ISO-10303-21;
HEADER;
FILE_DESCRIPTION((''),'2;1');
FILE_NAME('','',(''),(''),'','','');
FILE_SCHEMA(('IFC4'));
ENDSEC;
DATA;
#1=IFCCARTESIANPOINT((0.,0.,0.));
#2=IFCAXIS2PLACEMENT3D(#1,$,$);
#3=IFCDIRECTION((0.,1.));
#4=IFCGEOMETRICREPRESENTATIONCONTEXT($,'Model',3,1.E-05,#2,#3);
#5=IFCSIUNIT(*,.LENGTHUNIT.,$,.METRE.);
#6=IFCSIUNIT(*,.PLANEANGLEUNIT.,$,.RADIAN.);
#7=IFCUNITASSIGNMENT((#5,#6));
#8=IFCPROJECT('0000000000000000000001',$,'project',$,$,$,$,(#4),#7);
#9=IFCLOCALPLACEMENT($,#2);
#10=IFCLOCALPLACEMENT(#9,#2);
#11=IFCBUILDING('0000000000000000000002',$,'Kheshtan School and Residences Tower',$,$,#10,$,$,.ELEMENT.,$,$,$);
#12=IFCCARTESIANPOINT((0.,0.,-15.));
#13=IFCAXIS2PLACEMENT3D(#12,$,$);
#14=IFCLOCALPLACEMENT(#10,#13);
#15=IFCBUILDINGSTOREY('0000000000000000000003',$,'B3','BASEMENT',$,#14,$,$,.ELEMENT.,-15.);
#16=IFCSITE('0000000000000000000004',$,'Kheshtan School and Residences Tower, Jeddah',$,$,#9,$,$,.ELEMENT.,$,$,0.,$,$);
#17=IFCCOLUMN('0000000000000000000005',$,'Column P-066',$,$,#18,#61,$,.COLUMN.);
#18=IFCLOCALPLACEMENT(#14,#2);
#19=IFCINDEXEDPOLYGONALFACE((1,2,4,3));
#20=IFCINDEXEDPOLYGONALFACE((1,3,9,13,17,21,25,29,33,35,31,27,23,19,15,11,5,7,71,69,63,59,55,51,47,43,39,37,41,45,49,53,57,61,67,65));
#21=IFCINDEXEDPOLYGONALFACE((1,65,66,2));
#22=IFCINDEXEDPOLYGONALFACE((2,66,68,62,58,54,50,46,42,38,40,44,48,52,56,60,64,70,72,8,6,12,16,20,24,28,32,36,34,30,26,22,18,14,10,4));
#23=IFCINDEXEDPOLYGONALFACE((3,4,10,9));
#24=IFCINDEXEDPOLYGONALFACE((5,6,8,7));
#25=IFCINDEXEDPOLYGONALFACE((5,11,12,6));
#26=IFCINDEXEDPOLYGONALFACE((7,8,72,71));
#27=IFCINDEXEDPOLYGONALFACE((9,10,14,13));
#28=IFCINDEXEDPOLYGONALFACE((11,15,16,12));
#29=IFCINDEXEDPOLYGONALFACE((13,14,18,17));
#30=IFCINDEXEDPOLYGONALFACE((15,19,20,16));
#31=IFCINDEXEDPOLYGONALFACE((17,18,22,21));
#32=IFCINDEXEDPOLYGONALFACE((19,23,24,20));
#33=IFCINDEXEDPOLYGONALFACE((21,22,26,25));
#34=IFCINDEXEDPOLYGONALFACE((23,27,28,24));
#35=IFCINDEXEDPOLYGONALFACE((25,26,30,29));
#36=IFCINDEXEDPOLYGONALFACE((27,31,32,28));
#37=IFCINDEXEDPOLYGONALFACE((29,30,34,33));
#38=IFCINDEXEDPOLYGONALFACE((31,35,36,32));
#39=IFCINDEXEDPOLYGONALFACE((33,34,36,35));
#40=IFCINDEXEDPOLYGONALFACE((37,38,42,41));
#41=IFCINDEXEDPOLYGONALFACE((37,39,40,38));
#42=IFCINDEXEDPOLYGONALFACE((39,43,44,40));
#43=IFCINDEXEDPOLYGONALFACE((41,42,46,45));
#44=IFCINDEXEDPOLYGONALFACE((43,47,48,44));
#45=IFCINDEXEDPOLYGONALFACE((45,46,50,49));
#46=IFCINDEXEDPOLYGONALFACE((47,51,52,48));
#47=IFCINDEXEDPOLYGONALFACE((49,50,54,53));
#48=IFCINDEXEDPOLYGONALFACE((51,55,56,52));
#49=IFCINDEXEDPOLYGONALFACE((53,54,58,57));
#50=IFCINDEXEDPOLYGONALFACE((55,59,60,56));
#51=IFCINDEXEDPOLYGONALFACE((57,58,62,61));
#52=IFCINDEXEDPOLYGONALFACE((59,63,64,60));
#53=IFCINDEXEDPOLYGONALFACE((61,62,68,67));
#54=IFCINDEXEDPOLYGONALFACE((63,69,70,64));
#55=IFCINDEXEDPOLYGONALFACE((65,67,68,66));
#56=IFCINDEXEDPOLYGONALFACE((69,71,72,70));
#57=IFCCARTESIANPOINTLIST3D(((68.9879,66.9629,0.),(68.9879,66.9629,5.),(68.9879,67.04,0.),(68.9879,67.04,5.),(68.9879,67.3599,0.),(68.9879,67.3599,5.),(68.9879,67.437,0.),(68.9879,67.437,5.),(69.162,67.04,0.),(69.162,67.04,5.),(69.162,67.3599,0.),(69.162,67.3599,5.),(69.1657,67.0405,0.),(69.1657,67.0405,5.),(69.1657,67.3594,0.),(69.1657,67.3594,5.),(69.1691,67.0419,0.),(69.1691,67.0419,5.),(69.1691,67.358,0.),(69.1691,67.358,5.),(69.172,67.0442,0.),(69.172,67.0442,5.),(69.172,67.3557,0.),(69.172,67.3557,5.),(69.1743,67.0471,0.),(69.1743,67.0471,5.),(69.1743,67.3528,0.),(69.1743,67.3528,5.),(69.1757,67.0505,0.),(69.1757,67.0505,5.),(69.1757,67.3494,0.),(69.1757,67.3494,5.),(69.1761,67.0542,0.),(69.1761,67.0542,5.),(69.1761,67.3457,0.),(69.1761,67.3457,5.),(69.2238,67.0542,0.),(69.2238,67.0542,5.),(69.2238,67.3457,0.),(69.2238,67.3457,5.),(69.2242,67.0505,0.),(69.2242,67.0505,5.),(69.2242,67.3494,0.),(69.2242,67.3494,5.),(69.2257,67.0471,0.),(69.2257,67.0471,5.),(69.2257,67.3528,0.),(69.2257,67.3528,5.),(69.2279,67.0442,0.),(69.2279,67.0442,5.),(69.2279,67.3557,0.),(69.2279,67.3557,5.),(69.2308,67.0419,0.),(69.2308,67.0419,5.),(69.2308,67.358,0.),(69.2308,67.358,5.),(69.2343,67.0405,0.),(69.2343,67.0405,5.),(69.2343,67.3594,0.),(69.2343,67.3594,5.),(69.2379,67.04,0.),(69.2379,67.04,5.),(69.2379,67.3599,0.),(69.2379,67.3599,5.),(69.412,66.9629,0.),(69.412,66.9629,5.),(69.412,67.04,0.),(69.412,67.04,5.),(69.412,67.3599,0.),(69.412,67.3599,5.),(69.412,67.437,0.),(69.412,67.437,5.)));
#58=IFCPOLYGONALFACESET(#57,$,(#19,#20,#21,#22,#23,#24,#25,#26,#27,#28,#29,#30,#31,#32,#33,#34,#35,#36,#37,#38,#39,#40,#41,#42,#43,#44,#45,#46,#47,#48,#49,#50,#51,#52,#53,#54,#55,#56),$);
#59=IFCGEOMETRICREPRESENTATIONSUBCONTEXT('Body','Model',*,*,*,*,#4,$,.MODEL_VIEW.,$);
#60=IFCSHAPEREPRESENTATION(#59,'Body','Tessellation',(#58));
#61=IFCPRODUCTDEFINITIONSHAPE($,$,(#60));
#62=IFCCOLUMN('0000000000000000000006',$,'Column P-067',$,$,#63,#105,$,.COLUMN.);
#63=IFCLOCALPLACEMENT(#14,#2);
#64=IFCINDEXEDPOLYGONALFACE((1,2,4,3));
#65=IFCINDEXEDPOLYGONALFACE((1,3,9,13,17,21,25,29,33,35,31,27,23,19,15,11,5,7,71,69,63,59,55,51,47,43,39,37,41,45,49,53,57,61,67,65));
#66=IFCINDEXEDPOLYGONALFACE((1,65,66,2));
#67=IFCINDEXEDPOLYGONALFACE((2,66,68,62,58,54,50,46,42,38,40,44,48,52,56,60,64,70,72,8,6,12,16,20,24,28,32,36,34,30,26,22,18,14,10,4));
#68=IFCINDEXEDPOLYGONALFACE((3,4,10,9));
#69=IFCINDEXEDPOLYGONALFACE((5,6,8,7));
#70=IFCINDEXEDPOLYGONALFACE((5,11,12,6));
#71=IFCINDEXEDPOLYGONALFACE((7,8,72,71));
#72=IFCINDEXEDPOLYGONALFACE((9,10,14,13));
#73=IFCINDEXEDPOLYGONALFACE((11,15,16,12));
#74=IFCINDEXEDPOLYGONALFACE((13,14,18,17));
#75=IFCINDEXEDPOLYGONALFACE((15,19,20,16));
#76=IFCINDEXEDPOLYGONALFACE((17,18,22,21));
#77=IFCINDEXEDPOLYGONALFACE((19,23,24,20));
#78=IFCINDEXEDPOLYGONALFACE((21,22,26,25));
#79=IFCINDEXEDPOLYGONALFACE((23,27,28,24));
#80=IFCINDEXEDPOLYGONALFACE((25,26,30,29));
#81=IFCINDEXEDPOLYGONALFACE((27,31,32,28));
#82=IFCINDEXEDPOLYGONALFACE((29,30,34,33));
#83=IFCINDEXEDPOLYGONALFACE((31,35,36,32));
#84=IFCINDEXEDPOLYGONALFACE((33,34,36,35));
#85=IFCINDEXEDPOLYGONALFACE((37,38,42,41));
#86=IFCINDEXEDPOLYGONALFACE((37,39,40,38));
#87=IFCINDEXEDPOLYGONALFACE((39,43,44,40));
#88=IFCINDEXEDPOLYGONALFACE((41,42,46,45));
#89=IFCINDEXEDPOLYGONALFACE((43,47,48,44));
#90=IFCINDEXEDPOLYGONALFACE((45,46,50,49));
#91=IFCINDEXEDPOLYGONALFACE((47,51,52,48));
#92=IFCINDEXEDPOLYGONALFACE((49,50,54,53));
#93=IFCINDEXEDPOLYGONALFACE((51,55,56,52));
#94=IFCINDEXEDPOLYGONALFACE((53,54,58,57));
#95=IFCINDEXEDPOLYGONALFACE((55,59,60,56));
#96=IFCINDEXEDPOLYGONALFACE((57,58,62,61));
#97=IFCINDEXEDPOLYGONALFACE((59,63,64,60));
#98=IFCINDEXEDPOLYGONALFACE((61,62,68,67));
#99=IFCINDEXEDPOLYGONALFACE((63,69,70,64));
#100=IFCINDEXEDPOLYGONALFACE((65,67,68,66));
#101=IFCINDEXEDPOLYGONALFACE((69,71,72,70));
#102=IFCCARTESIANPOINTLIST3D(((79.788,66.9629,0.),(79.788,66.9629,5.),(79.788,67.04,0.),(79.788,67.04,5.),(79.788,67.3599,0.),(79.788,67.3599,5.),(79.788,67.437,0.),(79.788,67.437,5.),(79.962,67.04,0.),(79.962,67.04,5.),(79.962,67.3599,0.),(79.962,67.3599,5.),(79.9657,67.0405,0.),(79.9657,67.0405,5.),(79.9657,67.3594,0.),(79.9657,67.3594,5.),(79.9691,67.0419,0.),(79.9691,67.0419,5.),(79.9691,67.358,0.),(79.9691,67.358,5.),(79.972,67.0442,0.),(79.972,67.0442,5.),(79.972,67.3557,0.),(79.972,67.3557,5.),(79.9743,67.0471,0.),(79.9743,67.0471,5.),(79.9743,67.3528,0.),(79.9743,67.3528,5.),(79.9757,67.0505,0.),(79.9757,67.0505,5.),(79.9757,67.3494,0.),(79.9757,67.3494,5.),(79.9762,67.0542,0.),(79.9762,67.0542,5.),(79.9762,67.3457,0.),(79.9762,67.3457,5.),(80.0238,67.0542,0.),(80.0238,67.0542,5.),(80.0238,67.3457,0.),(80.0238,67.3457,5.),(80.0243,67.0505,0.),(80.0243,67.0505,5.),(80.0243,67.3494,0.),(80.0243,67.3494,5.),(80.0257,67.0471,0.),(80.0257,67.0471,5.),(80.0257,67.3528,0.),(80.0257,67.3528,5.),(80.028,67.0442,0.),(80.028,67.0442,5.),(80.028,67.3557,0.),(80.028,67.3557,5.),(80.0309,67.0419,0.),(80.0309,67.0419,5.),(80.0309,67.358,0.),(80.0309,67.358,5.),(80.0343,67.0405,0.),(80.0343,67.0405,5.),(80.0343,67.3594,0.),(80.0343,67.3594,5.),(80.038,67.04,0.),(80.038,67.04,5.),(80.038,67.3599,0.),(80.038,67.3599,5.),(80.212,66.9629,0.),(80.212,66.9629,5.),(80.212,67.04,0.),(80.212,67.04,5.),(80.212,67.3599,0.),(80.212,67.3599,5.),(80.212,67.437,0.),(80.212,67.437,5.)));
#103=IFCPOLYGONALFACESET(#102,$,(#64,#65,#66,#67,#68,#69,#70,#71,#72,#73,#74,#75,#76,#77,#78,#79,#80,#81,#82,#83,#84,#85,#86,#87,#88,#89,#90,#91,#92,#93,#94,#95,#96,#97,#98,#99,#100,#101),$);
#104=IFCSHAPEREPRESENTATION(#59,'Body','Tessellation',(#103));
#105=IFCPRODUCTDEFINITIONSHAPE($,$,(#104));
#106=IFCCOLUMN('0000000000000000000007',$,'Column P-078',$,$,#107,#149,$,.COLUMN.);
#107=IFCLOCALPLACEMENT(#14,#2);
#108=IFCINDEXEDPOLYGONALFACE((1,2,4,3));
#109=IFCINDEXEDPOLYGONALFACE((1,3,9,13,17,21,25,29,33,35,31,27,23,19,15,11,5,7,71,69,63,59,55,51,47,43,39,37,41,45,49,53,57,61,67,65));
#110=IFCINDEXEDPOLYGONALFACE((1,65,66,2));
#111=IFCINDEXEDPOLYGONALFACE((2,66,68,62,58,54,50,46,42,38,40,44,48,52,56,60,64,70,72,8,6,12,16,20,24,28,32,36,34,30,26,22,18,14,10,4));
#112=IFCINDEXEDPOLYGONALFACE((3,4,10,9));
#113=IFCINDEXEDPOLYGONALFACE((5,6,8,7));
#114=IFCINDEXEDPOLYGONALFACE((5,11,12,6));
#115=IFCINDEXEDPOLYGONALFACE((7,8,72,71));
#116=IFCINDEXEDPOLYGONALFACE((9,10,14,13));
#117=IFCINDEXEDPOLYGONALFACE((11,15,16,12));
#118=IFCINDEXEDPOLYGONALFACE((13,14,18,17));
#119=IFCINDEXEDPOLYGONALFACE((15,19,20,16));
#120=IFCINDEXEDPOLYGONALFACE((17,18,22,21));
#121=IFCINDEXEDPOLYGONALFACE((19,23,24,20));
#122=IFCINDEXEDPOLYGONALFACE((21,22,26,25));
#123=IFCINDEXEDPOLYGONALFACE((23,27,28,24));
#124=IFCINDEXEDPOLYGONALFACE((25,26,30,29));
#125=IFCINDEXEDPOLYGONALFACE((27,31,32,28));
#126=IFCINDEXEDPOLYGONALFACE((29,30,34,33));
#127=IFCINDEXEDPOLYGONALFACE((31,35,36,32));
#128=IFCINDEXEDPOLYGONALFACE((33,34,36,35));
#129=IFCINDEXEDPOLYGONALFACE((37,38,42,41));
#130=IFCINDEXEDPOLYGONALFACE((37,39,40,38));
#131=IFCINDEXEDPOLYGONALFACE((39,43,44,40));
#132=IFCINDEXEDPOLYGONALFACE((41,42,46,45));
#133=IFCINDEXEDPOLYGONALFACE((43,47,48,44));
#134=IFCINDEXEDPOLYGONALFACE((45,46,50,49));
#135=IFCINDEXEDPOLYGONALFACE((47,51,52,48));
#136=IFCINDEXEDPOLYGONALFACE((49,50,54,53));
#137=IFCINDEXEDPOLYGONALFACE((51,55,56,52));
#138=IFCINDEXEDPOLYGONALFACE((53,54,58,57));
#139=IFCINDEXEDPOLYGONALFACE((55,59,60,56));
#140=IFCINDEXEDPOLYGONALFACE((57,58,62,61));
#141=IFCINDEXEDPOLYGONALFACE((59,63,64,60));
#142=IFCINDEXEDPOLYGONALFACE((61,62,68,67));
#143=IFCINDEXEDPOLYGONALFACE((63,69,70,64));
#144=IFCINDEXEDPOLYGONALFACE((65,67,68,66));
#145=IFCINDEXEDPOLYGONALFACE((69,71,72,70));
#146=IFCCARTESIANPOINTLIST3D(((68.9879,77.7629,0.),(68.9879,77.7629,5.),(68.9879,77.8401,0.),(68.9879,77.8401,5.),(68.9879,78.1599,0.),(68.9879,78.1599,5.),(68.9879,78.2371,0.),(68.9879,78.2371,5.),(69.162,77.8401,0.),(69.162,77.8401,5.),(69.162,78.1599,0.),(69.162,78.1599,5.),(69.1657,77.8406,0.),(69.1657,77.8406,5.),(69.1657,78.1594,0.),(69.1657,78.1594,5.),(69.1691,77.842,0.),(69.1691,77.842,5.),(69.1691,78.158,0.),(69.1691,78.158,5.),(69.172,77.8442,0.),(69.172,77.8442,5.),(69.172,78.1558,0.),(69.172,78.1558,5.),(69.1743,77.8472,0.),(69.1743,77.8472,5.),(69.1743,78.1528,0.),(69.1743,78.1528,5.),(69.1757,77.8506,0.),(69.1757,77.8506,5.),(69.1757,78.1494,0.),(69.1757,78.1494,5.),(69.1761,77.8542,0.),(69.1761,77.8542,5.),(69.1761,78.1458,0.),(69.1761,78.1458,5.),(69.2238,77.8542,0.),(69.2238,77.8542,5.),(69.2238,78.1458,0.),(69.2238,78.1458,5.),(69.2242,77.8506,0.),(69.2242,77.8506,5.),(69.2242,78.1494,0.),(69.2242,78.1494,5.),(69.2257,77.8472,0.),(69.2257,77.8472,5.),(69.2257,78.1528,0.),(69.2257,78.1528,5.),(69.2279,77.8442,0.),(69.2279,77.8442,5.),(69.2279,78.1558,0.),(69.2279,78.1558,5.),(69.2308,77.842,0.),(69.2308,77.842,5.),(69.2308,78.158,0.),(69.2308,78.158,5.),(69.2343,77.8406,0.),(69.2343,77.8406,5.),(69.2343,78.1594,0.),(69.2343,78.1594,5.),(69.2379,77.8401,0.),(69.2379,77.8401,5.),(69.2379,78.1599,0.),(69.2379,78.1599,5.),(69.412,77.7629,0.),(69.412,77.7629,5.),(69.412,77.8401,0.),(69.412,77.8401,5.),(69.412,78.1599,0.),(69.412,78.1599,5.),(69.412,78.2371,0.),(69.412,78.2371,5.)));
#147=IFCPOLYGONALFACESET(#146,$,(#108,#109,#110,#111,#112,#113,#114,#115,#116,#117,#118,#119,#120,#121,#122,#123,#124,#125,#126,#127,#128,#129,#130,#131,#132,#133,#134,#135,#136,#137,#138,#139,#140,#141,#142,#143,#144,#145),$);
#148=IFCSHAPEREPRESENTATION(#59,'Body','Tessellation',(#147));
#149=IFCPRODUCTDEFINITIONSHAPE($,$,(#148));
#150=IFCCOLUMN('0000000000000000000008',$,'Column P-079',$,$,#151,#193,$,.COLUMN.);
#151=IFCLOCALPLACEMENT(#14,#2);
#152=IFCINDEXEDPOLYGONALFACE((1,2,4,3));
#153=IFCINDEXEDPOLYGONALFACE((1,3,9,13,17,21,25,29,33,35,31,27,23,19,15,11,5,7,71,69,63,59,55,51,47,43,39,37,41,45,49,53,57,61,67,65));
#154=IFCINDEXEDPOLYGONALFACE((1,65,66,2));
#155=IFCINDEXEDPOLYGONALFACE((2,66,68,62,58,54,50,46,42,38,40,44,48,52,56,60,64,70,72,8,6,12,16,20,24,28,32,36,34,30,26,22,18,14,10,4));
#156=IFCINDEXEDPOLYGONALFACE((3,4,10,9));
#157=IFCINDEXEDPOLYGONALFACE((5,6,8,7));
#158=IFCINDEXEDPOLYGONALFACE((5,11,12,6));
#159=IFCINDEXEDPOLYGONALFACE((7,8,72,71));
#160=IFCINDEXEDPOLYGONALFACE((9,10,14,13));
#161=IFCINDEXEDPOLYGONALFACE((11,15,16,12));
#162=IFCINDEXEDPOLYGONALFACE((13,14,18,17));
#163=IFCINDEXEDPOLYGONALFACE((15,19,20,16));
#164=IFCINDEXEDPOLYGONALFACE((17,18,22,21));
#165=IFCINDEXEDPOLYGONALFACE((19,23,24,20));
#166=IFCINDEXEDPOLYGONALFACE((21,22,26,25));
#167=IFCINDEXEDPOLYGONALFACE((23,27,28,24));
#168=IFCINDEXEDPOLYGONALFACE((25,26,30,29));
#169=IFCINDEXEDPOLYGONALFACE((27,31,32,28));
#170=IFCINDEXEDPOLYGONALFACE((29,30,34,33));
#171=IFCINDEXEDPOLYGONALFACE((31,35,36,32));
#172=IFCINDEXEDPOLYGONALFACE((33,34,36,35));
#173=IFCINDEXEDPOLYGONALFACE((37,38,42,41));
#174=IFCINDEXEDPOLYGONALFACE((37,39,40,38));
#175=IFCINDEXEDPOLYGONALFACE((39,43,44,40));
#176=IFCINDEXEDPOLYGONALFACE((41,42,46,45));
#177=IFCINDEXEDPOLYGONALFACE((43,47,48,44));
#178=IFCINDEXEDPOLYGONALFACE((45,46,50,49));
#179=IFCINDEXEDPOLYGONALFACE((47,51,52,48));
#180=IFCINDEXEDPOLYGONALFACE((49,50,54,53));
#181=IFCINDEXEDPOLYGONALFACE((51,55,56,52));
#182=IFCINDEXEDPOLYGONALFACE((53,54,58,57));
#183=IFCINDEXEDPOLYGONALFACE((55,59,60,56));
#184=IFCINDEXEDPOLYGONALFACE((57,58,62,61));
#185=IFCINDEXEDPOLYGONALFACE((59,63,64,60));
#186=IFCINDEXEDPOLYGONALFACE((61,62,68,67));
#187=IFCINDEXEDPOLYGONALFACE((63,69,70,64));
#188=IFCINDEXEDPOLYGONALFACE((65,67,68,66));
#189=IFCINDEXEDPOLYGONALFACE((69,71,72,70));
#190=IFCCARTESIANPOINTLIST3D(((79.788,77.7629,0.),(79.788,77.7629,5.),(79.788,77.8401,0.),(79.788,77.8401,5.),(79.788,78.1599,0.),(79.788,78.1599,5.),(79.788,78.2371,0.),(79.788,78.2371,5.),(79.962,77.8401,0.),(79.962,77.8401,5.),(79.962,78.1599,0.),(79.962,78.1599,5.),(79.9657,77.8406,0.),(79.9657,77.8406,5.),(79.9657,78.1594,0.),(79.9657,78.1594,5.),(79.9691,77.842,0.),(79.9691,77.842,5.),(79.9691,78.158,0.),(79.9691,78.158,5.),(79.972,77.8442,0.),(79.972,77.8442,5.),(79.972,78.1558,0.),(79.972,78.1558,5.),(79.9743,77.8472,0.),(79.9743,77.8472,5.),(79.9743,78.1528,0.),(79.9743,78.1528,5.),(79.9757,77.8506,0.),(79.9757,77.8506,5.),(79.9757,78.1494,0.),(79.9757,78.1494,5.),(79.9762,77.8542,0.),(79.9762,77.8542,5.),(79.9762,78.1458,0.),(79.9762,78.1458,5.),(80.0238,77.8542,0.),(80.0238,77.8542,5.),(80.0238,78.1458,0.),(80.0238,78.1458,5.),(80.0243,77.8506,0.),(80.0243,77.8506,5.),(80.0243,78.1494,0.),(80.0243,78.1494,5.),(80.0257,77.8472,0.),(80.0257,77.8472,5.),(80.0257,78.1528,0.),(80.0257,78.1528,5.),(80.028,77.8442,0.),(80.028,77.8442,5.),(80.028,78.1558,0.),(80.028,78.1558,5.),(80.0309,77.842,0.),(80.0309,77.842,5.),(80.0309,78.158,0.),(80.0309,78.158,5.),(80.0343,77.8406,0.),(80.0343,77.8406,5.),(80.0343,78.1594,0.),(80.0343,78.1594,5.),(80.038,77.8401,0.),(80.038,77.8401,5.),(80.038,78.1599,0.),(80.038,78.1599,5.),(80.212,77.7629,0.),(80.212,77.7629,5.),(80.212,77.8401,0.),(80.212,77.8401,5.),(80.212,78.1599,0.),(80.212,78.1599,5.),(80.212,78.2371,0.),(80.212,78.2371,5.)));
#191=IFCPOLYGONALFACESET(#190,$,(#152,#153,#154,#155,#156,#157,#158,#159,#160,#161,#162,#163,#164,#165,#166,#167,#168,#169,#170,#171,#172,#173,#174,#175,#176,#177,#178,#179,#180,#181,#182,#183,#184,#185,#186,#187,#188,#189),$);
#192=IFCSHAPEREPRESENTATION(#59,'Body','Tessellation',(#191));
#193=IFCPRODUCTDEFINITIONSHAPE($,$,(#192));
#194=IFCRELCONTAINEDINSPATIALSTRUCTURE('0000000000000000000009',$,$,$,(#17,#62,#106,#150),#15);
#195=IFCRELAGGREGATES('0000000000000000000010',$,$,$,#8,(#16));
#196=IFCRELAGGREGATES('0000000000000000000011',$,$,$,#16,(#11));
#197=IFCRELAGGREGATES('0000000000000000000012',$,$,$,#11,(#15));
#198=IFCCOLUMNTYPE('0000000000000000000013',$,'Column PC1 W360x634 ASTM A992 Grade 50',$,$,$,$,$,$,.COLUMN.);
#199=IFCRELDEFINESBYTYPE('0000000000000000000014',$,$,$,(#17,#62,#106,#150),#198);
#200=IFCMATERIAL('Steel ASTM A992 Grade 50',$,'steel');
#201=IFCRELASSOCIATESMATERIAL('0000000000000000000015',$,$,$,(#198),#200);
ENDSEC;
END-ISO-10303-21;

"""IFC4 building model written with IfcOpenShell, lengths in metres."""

from ifc_helpers import new_model, si_unit, direction, frame, origin, origin_2d, place, context, subcontext, project, spatial, i_section, extrude, material, material_profile, profile_set, type_object, element, save


model = new_model("IFC4")

# Units and contexts
model_context = context("Model", 3, precision=1e-05, world=origin(), true_north=direction((0.0, 1.0)))
body_context = subcontext(model_context, "Body", "Model", "MODEL_VIEW")
ifc_project = project(units=[si_unit("LENGTHUNIT", "METRE"), si_unit("PLANEANGLEUNIT", "RADIAN")], contexts=[model_context])

# Site, building, storey
site_placement = place(None, origin())
site = spatial("IfcSite", under=ifc_project, at=site_placement, Name="Kheshtan School and Residences Tower, Jeddah", CompositionType="ELEMENT", RefElevation=0.0)
building_placement = place(site_placement, origin())
building = spatial("IfcBuilding", under=site, at=building_placement, Name="Kheshtan School and Residences Tower", CompositionType="ELEMENT")
storey_placement = place(building_placement, frame((0.0, 0.0, -15.0)))
storey = spatial("IfcBuildingStorey", under=building, at=storey_placement, Name="B3", Description="BASEMENT", CompositionType="ELEMENT", Elevation=-15.0)

# Columns
ifc_material_1 = material(Name="Steel ASTM A992 Grade 50", Category="steel")
ifc_material_profile_1 = material_profile(ifc_material_1, i_section(OverallWidth=0.4241, OverallDepth=0.4741, WebThickness=0.0476, FlangeThickness=0.0771, FilletRadius=0.0142, at=origin_2d()), Name="W360x634")
ifc_profile_set_1 = profile_set([ifc_material_profile_1], Name="Steel ASTM A992 Grade 50")
column_type = type_object("IfcColumnType", Name="Column PC1 W360x634 ASTM A992 Grade 50", PredefinedType="COLUMN", material=ifc_profile_set_1)
for number, where, z_axis, x_axis, name in (
    (1, (69.2, 67.2, 0.0), (0.0, 0.0, 1.0), (1.0, 0.0, 0.0), "Column P-066"),
    (2, (80.0, 67.2, 0.0), (0.0, 0.0, 1.0), (1.0, 0.0, 0.0), "Column P-067"),
    (3, (69.2, 78.0, 0.0), (0.0, 0.0, 1.0), (1.0, 0.0, 0.0), "Column P-078"),
    (4, (80.0, 78.0, 0.0), (0.0, 0.0, 1.0), (1.0, 0.0, 0.0), "Column P-079"),
):
    element("IfcColumn", number, at=place(storey_placement, frame(where, z_axis=z_axis, x_axis=x_axis)), inside=storey, type_object=column_type, Name=name, PredefinedType="COLUMN", context=body_context, shape_type="SweptSolid", body=[
        extrude(i_section(OverallWidth=0.4241, OverallDepth=0.4741, WebThickness=0.0476, FlangeThickness=0.0771, FilletRadius=0.0142, at=origin_2d()), origin(), (0.0, 0.0, 1.0), 5.0),
    ])

save(model, "model.ifc")
